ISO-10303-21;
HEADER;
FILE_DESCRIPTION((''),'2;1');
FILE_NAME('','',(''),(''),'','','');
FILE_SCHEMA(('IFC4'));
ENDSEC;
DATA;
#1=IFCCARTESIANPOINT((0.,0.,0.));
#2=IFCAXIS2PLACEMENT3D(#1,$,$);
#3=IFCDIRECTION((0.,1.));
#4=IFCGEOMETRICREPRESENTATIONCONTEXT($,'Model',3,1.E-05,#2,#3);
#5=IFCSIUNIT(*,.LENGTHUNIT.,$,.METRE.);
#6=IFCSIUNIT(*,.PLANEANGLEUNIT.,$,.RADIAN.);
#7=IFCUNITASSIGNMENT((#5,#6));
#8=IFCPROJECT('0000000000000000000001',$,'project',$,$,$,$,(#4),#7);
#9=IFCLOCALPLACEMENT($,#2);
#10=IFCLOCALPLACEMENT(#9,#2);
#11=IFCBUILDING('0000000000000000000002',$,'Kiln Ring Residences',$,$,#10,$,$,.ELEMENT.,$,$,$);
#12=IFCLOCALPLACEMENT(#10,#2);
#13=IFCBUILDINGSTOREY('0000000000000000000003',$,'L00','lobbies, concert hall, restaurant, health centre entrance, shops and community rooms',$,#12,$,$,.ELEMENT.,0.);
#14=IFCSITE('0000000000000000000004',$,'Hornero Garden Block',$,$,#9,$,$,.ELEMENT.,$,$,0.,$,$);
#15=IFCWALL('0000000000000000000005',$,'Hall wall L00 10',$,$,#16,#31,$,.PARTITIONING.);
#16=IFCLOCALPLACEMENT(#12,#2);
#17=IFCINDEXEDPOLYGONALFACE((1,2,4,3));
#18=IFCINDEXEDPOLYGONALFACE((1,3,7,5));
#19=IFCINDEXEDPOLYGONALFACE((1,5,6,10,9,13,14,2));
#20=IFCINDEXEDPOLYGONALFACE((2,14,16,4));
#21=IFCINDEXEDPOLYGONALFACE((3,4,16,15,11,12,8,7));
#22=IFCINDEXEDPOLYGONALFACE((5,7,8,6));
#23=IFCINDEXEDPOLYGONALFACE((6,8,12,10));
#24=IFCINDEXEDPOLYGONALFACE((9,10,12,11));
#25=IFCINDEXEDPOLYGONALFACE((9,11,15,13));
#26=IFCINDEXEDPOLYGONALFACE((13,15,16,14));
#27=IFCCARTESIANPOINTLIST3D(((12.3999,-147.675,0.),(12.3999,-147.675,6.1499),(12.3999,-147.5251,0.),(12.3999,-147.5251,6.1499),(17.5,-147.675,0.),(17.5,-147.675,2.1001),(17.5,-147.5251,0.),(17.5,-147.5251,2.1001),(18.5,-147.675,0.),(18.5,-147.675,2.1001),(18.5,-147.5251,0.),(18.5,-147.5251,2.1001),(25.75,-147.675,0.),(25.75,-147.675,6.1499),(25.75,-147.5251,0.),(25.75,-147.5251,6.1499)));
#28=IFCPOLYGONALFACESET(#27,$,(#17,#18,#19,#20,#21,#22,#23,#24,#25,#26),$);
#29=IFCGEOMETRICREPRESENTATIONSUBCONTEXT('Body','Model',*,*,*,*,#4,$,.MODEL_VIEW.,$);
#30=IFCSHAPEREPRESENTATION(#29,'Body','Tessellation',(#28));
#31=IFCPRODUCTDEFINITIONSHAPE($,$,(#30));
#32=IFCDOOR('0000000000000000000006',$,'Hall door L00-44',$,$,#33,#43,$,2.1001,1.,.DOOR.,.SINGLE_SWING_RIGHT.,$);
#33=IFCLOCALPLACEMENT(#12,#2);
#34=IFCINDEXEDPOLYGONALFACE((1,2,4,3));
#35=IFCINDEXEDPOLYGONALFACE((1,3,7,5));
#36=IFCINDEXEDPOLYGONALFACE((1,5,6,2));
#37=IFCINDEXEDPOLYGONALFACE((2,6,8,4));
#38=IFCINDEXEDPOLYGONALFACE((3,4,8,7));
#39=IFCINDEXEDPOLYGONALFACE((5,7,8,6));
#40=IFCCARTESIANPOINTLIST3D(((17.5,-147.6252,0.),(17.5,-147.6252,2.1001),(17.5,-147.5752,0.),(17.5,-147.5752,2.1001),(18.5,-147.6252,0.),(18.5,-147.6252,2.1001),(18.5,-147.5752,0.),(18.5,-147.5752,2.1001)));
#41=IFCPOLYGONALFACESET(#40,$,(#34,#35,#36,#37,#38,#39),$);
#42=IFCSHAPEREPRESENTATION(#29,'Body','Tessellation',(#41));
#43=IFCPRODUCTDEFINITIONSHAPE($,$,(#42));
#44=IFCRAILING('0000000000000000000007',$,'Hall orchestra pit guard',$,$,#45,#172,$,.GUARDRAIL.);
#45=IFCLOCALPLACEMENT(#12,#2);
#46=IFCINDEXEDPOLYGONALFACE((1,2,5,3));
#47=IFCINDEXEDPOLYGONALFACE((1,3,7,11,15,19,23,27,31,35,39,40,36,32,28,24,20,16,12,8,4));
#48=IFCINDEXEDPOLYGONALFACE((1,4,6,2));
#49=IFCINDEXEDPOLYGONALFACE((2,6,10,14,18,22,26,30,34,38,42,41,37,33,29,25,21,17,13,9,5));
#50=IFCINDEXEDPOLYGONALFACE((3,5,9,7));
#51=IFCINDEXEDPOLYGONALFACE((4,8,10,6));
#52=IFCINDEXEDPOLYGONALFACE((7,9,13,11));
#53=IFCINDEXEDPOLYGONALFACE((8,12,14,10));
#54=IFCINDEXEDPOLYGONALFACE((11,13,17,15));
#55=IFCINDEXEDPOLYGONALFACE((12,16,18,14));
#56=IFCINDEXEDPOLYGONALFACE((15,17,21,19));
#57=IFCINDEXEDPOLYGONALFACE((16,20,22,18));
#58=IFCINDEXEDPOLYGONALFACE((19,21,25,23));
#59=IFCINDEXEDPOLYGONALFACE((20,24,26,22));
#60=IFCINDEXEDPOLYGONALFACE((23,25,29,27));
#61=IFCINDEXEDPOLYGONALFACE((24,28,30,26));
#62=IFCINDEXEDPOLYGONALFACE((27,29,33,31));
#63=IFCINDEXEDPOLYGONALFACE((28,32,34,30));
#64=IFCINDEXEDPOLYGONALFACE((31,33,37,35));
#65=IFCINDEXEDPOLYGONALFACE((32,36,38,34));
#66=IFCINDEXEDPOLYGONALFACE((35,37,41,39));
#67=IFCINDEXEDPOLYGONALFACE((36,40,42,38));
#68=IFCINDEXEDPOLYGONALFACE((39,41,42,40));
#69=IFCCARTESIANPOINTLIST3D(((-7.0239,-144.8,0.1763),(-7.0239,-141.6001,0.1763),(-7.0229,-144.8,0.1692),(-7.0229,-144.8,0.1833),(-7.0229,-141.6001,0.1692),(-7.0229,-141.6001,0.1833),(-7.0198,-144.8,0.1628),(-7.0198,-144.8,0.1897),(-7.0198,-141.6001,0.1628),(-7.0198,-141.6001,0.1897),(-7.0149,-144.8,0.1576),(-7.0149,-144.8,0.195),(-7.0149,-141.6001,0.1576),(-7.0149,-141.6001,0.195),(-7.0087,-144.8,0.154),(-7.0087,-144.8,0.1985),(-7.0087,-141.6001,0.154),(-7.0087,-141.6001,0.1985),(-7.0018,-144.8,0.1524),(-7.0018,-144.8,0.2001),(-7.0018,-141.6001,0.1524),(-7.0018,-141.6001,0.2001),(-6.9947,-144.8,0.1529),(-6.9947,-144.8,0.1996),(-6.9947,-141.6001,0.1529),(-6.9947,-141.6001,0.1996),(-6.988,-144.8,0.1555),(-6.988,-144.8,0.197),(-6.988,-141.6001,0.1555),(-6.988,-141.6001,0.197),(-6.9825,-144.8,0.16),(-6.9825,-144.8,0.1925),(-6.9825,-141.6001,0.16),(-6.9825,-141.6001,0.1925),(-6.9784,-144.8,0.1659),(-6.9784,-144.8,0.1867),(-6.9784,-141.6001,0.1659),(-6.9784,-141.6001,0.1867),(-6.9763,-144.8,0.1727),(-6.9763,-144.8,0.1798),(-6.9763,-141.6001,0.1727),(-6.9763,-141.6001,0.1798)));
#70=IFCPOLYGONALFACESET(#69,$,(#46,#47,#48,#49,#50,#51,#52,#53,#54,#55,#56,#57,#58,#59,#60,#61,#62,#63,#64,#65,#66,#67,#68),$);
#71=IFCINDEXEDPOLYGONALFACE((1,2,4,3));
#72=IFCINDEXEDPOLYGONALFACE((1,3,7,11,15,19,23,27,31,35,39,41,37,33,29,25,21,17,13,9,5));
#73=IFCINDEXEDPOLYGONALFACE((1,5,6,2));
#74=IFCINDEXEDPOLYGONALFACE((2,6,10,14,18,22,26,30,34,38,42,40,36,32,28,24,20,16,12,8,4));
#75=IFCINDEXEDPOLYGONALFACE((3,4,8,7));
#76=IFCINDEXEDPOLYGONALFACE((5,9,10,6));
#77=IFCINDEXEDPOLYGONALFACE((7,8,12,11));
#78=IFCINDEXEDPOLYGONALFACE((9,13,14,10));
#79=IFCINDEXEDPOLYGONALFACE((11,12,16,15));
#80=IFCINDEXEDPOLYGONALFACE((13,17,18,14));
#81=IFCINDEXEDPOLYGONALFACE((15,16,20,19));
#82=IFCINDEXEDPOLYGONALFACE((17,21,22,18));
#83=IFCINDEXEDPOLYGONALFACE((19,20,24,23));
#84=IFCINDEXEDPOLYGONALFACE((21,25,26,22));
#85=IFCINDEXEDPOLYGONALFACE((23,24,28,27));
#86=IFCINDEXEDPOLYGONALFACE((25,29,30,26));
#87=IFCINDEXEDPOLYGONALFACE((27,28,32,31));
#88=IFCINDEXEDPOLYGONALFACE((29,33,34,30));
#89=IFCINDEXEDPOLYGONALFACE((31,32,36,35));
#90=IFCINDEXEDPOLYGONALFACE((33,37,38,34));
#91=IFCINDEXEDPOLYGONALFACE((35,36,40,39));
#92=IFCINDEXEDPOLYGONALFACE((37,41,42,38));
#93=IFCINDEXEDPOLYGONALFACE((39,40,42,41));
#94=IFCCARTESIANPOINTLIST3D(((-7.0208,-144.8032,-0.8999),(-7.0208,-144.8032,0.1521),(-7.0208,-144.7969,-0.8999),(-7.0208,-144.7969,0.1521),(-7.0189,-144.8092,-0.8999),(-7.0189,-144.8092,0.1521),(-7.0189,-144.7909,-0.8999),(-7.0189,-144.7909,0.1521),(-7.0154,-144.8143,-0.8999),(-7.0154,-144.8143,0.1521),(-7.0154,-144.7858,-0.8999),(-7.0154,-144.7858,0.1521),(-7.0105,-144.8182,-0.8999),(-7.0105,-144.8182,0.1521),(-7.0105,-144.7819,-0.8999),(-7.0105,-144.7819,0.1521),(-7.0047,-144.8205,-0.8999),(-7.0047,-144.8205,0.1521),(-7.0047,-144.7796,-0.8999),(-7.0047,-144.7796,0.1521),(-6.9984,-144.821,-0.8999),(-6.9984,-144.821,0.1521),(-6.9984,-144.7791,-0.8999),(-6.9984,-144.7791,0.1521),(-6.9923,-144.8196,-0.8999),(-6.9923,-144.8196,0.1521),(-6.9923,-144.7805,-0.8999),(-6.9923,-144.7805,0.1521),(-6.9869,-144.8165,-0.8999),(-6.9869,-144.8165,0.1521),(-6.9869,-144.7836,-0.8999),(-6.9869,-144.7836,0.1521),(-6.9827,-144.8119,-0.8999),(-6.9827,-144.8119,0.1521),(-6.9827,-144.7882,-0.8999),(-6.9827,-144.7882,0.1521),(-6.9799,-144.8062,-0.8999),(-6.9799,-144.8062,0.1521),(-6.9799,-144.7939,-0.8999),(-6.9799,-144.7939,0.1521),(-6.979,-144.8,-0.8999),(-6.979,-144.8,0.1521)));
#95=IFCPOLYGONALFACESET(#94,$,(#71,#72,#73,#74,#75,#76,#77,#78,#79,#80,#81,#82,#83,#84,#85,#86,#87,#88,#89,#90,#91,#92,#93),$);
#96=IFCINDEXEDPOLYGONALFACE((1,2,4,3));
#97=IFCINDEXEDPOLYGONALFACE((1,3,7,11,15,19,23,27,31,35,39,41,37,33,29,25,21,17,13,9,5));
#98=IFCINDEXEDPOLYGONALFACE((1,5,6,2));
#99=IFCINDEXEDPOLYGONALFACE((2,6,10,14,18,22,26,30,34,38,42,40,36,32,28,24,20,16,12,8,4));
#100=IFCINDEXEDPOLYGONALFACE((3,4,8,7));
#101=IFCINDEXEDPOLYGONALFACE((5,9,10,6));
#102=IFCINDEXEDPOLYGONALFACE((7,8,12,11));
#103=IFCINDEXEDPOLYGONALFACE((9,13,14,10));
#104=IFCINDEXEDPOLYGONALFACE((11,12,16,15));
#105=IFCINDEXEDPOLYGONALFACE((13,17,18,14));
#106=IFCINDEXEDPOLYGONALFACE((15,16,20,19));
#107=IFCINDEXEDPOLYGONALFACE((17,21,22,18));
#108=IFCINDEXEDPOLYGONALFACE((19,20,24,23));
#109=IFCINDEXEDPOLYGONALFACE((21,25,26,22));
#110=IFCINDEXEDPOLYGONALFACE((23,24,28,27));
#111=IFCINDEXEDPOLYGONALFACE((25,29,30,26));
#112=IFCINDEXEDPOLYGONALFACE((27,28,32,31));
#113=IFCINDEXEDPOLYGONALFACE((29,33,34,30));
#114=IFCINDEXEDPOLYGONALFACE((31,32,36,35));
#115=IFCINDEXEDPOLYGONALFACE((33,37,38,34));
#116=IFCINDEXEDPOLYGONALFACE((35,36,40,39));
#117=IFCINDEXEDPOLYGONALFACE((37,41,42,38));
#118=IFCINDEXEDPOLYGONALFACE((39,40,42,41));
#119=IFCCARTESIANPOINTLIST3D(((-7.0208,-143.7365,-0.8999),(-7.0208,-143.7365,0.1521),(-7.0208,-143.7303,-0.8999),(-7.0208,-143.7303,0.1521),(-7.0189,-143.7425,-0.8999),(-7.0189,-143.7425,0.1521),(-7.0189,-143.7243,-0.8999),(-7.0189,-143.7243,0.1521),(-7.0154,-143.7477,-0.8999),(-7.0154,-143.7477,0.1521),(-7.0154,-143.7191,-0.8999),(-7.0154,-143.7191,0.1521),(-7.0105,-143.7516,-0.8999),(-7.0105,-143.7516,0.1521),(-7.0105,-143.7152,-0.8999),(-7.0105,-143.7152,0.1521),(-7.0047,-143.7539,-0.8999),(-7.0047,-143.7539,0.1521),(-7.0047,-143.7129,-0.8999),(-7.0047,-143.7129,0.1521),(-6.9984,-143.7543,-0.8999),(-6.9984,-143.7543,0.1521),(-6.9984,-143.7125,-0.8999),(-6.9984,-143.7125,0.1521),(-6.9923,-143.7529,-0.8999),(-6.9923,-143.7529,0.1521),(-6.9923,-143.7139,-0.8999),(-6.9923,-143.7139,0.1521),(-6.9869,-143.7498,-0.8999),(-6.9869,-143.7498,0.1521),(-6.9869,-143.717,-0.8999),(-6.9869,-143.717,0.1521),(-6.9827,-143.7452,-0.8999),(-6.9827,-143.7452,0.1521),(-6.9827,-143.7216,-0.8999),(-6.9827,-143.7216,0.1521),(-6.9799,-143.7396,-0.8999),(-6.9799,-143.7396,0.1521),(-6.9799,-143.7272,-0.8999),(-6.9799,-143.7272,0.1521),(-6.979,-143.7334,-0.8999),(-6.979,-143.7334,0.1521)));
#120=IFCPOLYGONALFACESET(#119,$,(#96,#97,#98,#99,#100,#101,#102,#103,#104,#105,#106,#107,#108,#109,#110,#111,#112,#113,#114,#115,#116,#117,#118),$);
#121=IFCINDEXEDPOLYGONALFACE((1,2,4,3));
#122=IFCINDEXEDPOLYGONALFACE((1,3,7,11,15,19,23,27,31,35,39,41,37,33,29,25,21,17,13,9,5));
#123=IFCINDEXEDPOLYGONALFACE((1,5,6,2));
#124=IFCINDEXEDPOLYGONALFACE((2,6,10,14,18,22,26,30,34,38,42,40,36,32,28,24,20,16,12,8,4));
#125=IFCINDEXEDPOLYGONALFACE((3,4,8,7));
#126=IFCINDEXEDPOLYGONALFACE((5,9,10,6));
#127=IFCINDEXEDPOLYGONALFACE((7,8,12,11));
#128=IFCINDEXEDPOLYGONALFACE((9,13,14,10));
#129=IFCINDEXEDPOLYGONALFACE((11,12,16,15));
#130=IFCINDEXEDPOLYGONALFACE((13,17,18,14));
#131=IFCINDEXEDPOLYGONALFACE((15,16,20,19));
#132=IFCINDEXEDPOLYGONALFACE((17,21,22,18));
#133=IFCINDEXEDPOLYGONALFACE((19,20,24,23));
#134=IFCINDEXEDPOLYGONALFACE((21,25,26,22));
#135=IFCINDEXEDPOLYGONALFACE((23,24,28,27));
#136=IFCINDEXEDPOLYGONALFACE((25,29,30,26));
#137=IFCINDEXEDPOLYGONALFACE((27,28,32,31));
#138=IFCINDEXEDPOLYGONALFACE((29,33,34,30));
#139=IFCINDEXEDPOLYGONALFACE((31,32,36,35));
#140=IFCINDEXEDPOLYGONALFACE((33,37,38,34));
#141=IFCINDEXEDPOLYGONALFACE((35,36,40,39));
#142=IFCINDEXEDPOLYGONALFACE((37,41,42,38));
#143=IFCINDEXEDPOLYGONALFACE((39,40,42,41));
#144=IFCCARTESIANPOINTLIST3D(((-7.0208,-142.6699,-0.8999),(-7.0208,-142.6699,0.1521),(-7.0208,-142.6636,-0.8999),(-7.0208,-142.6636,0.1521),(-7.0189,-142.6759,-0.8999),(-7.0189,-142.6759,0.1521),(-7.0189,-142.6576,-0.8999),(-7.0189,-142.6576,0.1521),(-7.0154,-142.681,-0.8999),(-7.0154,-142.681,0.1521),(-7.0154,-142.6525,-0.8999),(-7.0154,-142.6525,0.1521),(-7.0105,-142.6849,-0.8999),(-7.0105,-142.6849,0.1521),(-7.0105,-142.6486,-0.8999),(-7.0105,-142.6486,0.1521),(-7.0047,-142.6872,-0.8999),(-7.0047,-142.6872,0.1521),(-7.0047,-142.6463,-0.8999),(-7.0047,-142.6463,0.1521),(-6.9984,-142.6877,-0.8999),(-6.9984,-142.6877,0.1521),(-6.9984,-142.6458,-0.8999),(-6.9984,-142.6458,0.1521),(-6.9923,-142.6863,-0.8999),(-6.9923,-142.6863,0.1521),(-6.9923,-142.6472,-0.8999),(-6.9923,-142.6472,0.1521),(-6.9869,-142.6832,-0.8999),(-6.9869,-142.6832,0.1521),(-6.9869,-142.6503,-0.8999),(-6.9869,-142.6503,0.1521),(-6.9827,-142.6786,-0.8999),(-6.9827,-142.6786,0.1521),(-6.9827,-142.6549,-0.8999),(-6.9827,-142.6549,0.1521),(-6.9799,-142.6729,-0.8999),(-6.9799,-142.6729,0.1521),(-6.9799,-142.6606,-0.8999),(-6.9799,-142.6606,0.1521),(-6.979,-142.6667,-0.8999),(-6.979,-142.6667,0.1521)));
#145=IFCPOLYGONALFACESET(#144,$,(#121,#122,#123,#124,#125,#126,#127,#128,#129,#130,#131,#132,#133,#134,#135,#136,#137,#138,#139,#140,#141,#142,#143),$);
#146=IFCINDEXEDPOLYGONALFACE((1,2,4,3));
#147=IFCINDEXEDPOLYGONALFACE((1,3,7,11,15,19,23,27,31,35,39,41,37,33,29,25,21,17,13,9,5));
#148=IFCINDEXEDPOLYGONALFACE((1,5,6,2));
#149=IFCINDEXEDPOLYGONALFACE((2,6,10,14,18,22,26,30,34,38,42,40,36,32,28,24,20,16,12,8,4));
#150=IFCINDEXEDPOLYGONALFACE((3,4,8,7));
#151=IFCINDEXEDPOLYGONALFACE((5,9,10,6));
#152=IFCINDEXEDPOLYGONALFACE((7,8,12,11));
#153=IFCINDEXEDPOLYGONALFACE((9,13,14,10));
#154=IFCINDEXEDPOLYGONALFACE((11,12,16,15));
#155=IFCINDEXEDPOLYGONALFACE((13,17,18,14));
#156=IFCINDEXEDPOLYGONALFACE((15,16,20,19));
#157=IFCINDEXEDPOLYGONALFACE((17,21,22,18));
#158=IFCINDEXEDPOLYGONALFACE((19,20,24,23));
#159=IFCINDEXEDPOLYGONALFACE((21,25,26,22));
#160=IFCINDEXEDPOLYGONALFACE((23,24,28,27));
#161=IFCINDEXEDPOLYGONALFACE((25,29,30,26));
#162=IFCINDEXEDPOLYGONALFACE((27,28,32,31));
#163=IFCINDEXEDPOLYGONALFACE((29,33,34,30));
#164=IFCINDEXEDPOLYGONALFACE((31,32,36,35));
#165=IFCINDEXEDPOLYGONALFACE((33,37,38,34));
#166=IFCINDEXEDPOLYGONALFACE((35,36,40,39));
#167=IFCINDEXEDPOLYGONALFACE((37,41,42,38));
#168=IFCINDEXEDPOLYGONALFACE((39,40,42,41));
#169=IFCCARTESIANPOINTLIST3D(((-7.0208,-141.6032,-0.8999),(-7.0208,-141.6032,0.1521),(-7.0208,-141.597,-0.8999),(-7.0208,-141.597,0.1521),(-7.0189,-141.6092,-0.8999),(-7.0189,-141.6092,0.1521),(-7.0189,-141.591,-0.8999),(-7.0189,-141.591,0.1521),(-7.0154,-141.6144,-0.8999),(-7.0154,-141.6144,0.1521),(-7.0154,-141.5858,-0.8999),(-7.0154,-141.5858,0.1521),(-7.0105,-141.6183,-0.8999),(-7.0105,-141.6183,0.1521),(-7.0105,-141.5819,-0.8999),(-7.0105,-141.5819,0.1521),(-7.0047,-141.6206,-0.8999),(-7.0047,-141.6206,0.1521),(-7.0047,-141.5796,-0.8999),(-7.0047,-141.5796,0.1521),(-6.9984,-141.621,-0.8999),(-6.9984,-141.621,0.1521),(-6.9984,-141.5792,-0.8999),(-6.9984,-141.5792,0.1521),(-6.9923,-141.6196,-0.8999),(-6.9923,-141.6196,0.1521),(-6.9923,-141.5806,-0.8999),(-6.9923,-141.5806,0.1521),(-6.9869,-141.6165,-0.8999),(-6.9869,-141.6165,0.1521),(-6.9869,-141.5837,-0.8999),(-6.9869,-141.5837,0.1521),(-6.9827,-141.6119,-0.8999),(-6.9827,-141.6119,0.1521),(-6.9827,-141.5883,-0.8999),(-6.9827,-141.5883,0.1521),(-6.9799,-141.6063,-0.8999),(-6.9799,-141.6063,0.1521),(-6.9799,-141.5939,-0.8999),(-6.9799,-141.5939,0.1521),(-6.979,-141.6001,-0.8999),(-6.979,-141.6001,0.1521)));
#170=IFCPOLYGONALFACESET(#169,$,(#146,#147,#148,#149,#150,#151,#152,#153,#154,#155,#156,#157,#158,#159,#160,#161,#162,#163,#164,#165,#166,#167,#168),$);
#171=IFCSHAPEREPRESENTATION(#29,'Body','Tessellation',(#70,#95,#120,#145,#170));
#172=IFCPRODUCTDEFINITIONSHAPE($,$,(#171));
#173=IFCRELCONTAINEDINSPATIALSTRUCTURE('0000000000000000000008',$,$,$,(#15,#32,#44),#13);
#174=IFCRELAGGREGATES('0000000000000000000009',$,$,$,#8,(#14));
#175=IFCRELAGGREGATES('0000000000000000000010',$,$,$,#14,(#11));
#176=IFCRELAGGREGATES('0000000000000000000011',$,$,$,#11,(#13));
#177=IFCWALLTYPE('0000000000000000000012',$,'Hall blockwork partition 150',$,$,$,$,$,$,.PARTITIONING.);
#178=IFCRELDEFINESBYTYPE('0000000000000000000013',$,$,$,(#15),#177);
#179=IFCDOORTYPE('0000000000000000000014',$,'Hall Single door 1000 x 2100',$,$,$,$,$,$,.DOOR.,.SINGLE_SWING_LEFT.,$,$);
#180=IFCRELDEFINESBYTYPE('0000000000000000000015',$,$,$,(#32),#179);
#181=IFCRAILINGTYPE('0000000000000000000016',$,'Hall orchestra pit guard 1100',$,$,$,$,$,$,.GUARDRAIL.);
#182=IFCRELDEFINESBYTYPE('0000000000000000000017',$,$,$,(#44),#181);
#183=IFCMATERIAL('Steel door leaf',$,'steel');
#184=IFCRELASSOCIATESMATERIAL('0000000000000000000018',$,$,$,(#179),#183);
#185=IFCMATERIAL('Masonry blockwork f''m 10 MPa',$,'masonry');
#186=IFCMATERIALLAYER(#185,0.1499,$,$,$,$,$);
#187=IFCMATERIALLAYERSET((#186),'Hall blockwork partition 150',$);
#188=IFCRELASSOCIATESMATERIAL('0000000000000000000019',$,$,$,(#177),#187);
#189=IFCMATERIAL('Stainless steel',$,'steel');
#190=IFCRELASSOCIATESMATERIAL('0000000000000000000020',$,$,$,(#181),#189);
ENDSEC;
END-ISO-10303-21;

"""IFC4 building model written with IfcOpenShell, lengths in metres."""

from ifc_helpers import new_model, si_unit, direction, frame, frame_2d, origin, origin_2d, place, context, subcontext, project, spatial, rectangle, circle, extrude, material, layer, layer_set, type_object, element, fill, save


model = new_model("IFC4")

# Units and contexts
model_context = context("Model", 3, precision=1e-05, world=origin(), true_north=direction((0.0, 1.0)))
body_context = subcontext(model_context, "Body", "Model", "MODEL_VIEW")
ifc_project = project(units=[si_unit("LENGTHUNIT", "METRE"), si_unit("PLANEANGLEUNIT", "RADIAN")], contexts=[model_context])

# Site, building, storey
site_placement = place(None, origin())
site = spatial("IfcSite", under=ifc_project, at=site_placement, Name="Hornero Garden Block", CompositionType="ELEMENT", RefElevation=0.0)
building_placement = place(site_placement, origin())
building = spatial("IfcBuilding", under=site, at=building_placement, Name="Kiln Ring Residences", CompositionType="ELEMENT")
storey_placement = place(building_placement, origin())
storey = spatial("IfcBuildingStorey", under=building, at=storey_placement, Name="L00", Description="lobbies, concert hall, restaurant, health centre entrance, shops and community rooms", CompositionType="ELEMENT", Elevation=0.0)

# Shared definitions
ifc_material_1 = material(Name="Steel door leaf", Category="steel")
door_type_1 = type_object("IfcDoorType", Name="Hall Single door 1000 x 2100", OperationType="SINGLE_SWING_LEFT", PredefinedType="DOOR", material=ifc_material_1)

# Wall, opening, door
ifc_material_2 = material(Name="Masonry blockwork f'm 10 MPa", Category="masonry")
ifc_layer_1 = layer(ifc_material_2, 0.1499)
ifc_layer_set_1 = layer_set([ifc_layer_1], Name="Hall blockwork partition 150")
wall_type_1 = type_object("IfcWallType", Name="Hall blockwork partition 150", PredefinedType="PARTITIONING", material=ifc_layer_set_1)
wall_1_placement = place(storey_placement, frame((12.3999, -147.6001, 0.0), z_axis=(0.0, 0.0, 1.0), x_axis=(1.0, 0.0, 0.0)))
wall_1 = element("IfcWall", 1, at=wall_1_placement, inside=storey, type_object=wall_type_1, Name="Hall wall L00 10", PredefinedType="PARTITIONING", context=body_context, shape_type="SweptSolid", body=[
    extrude(rectangle(XDim=13.3501, YDim=0.1499, at=frame_2d((6.675, 0.0))), origin(), (0.0, 0.0, 1.0), 6.1499),
])
opening_1_placement = place(wall_1_placement, frame((5.1001, 0.0, 0.0)))
opening_1 = element("IfcOpeningElement", 2, at=opening_1_placement, cuts=wall_1, PredefinedType="OPENING", context=body_context, shape_type="SweptSolid", body=[
    extrude(rectangle(XDim=1.0, YDim=2.1001, at=frame_2d((0.5, 1.05))), frame((0.0, 0.085, 0.0), z_axis=(0.0, -1.0, 0.0), x_axis=(1.0, 0.0, 0.0)), (0.0, 0.0, 1.0), 0.1699),
])
door_1_placement = place(opening_1_placement, origin())
door_1 = element("IfcDoor", 3, at=door_1_placement, inside=storey, type_object=door_type_1, Name="Hall door L00-44", OperationType="SINGLE_SWING_RIGHT", OverallHeight=2.1001, OverallWidth=1.0, PredefinedType="DOOR", context=body_context, shape_type="SweptSolid", body=[
    extrude(rectangle(XDim=1.0, YDim=2.1001, at=frame_2d((0.5, 1.05))), frame((0.0, 0.0249, 0.0), z_axis=(0.0, -1.0, 0.0), x_axis=(1.0, 0.0, 0.0)), (0.0, 0.0, 1.0), 0.05),
])
fill(opening_1, door_1)

# Railing
ifc_material_3 = material(Name="Stainless steel", Category="steel")
railing_type = type_object("IfcRailingType", Name="Hall orchestra pit guard 1100", PredefinedType="GUARDRAIL", material=ifc_material_3)
for number, where, name in (
    (4, (-7.0, -144.8, -0.8999), "Hall orchestra pit guard"),
):
    element("IfcRailing", number, at=place(storey_placement, frame(where)), inside=storey, type_object=railing_type, Name=name, PredefinedType="GUARDRAIL", context=body_context, shape_type="SweptSolid", body=[
        extrude(circle(Radius=0.0239, at=origin_2d()), frame((0.0, 0.0, 1.0762), z_axis=(0.0, 1.0, 0.0), x_axis=(-1.0, 0.0, 0.0)), (0.0, 0.0, 1.0), 3.2),
        extrude(circle(Radius=0.021, at=origin_2d()), origin(), (0.0, 0.0, 1.0), 1.052),
        extrude(circle(Radius=0.021, at=origin_2d()), frame((0.0, 1.0667, 0.0)), (0.0, 0.0, 1.0), 1.052),
        extrude(circle(Radius=0.021, at=origin_2d()), frame((0.0, 2.1333, 0.0)), (0.0, 0.0, 1.0), 1.052),
        extrude(circle(Radius=0.021, at=origin_2d()), frame((0.0, 3.2, 0.0)), (0.0, 0.0, 1.0), 1.052),
    ])

save(model, "model.ifc")
